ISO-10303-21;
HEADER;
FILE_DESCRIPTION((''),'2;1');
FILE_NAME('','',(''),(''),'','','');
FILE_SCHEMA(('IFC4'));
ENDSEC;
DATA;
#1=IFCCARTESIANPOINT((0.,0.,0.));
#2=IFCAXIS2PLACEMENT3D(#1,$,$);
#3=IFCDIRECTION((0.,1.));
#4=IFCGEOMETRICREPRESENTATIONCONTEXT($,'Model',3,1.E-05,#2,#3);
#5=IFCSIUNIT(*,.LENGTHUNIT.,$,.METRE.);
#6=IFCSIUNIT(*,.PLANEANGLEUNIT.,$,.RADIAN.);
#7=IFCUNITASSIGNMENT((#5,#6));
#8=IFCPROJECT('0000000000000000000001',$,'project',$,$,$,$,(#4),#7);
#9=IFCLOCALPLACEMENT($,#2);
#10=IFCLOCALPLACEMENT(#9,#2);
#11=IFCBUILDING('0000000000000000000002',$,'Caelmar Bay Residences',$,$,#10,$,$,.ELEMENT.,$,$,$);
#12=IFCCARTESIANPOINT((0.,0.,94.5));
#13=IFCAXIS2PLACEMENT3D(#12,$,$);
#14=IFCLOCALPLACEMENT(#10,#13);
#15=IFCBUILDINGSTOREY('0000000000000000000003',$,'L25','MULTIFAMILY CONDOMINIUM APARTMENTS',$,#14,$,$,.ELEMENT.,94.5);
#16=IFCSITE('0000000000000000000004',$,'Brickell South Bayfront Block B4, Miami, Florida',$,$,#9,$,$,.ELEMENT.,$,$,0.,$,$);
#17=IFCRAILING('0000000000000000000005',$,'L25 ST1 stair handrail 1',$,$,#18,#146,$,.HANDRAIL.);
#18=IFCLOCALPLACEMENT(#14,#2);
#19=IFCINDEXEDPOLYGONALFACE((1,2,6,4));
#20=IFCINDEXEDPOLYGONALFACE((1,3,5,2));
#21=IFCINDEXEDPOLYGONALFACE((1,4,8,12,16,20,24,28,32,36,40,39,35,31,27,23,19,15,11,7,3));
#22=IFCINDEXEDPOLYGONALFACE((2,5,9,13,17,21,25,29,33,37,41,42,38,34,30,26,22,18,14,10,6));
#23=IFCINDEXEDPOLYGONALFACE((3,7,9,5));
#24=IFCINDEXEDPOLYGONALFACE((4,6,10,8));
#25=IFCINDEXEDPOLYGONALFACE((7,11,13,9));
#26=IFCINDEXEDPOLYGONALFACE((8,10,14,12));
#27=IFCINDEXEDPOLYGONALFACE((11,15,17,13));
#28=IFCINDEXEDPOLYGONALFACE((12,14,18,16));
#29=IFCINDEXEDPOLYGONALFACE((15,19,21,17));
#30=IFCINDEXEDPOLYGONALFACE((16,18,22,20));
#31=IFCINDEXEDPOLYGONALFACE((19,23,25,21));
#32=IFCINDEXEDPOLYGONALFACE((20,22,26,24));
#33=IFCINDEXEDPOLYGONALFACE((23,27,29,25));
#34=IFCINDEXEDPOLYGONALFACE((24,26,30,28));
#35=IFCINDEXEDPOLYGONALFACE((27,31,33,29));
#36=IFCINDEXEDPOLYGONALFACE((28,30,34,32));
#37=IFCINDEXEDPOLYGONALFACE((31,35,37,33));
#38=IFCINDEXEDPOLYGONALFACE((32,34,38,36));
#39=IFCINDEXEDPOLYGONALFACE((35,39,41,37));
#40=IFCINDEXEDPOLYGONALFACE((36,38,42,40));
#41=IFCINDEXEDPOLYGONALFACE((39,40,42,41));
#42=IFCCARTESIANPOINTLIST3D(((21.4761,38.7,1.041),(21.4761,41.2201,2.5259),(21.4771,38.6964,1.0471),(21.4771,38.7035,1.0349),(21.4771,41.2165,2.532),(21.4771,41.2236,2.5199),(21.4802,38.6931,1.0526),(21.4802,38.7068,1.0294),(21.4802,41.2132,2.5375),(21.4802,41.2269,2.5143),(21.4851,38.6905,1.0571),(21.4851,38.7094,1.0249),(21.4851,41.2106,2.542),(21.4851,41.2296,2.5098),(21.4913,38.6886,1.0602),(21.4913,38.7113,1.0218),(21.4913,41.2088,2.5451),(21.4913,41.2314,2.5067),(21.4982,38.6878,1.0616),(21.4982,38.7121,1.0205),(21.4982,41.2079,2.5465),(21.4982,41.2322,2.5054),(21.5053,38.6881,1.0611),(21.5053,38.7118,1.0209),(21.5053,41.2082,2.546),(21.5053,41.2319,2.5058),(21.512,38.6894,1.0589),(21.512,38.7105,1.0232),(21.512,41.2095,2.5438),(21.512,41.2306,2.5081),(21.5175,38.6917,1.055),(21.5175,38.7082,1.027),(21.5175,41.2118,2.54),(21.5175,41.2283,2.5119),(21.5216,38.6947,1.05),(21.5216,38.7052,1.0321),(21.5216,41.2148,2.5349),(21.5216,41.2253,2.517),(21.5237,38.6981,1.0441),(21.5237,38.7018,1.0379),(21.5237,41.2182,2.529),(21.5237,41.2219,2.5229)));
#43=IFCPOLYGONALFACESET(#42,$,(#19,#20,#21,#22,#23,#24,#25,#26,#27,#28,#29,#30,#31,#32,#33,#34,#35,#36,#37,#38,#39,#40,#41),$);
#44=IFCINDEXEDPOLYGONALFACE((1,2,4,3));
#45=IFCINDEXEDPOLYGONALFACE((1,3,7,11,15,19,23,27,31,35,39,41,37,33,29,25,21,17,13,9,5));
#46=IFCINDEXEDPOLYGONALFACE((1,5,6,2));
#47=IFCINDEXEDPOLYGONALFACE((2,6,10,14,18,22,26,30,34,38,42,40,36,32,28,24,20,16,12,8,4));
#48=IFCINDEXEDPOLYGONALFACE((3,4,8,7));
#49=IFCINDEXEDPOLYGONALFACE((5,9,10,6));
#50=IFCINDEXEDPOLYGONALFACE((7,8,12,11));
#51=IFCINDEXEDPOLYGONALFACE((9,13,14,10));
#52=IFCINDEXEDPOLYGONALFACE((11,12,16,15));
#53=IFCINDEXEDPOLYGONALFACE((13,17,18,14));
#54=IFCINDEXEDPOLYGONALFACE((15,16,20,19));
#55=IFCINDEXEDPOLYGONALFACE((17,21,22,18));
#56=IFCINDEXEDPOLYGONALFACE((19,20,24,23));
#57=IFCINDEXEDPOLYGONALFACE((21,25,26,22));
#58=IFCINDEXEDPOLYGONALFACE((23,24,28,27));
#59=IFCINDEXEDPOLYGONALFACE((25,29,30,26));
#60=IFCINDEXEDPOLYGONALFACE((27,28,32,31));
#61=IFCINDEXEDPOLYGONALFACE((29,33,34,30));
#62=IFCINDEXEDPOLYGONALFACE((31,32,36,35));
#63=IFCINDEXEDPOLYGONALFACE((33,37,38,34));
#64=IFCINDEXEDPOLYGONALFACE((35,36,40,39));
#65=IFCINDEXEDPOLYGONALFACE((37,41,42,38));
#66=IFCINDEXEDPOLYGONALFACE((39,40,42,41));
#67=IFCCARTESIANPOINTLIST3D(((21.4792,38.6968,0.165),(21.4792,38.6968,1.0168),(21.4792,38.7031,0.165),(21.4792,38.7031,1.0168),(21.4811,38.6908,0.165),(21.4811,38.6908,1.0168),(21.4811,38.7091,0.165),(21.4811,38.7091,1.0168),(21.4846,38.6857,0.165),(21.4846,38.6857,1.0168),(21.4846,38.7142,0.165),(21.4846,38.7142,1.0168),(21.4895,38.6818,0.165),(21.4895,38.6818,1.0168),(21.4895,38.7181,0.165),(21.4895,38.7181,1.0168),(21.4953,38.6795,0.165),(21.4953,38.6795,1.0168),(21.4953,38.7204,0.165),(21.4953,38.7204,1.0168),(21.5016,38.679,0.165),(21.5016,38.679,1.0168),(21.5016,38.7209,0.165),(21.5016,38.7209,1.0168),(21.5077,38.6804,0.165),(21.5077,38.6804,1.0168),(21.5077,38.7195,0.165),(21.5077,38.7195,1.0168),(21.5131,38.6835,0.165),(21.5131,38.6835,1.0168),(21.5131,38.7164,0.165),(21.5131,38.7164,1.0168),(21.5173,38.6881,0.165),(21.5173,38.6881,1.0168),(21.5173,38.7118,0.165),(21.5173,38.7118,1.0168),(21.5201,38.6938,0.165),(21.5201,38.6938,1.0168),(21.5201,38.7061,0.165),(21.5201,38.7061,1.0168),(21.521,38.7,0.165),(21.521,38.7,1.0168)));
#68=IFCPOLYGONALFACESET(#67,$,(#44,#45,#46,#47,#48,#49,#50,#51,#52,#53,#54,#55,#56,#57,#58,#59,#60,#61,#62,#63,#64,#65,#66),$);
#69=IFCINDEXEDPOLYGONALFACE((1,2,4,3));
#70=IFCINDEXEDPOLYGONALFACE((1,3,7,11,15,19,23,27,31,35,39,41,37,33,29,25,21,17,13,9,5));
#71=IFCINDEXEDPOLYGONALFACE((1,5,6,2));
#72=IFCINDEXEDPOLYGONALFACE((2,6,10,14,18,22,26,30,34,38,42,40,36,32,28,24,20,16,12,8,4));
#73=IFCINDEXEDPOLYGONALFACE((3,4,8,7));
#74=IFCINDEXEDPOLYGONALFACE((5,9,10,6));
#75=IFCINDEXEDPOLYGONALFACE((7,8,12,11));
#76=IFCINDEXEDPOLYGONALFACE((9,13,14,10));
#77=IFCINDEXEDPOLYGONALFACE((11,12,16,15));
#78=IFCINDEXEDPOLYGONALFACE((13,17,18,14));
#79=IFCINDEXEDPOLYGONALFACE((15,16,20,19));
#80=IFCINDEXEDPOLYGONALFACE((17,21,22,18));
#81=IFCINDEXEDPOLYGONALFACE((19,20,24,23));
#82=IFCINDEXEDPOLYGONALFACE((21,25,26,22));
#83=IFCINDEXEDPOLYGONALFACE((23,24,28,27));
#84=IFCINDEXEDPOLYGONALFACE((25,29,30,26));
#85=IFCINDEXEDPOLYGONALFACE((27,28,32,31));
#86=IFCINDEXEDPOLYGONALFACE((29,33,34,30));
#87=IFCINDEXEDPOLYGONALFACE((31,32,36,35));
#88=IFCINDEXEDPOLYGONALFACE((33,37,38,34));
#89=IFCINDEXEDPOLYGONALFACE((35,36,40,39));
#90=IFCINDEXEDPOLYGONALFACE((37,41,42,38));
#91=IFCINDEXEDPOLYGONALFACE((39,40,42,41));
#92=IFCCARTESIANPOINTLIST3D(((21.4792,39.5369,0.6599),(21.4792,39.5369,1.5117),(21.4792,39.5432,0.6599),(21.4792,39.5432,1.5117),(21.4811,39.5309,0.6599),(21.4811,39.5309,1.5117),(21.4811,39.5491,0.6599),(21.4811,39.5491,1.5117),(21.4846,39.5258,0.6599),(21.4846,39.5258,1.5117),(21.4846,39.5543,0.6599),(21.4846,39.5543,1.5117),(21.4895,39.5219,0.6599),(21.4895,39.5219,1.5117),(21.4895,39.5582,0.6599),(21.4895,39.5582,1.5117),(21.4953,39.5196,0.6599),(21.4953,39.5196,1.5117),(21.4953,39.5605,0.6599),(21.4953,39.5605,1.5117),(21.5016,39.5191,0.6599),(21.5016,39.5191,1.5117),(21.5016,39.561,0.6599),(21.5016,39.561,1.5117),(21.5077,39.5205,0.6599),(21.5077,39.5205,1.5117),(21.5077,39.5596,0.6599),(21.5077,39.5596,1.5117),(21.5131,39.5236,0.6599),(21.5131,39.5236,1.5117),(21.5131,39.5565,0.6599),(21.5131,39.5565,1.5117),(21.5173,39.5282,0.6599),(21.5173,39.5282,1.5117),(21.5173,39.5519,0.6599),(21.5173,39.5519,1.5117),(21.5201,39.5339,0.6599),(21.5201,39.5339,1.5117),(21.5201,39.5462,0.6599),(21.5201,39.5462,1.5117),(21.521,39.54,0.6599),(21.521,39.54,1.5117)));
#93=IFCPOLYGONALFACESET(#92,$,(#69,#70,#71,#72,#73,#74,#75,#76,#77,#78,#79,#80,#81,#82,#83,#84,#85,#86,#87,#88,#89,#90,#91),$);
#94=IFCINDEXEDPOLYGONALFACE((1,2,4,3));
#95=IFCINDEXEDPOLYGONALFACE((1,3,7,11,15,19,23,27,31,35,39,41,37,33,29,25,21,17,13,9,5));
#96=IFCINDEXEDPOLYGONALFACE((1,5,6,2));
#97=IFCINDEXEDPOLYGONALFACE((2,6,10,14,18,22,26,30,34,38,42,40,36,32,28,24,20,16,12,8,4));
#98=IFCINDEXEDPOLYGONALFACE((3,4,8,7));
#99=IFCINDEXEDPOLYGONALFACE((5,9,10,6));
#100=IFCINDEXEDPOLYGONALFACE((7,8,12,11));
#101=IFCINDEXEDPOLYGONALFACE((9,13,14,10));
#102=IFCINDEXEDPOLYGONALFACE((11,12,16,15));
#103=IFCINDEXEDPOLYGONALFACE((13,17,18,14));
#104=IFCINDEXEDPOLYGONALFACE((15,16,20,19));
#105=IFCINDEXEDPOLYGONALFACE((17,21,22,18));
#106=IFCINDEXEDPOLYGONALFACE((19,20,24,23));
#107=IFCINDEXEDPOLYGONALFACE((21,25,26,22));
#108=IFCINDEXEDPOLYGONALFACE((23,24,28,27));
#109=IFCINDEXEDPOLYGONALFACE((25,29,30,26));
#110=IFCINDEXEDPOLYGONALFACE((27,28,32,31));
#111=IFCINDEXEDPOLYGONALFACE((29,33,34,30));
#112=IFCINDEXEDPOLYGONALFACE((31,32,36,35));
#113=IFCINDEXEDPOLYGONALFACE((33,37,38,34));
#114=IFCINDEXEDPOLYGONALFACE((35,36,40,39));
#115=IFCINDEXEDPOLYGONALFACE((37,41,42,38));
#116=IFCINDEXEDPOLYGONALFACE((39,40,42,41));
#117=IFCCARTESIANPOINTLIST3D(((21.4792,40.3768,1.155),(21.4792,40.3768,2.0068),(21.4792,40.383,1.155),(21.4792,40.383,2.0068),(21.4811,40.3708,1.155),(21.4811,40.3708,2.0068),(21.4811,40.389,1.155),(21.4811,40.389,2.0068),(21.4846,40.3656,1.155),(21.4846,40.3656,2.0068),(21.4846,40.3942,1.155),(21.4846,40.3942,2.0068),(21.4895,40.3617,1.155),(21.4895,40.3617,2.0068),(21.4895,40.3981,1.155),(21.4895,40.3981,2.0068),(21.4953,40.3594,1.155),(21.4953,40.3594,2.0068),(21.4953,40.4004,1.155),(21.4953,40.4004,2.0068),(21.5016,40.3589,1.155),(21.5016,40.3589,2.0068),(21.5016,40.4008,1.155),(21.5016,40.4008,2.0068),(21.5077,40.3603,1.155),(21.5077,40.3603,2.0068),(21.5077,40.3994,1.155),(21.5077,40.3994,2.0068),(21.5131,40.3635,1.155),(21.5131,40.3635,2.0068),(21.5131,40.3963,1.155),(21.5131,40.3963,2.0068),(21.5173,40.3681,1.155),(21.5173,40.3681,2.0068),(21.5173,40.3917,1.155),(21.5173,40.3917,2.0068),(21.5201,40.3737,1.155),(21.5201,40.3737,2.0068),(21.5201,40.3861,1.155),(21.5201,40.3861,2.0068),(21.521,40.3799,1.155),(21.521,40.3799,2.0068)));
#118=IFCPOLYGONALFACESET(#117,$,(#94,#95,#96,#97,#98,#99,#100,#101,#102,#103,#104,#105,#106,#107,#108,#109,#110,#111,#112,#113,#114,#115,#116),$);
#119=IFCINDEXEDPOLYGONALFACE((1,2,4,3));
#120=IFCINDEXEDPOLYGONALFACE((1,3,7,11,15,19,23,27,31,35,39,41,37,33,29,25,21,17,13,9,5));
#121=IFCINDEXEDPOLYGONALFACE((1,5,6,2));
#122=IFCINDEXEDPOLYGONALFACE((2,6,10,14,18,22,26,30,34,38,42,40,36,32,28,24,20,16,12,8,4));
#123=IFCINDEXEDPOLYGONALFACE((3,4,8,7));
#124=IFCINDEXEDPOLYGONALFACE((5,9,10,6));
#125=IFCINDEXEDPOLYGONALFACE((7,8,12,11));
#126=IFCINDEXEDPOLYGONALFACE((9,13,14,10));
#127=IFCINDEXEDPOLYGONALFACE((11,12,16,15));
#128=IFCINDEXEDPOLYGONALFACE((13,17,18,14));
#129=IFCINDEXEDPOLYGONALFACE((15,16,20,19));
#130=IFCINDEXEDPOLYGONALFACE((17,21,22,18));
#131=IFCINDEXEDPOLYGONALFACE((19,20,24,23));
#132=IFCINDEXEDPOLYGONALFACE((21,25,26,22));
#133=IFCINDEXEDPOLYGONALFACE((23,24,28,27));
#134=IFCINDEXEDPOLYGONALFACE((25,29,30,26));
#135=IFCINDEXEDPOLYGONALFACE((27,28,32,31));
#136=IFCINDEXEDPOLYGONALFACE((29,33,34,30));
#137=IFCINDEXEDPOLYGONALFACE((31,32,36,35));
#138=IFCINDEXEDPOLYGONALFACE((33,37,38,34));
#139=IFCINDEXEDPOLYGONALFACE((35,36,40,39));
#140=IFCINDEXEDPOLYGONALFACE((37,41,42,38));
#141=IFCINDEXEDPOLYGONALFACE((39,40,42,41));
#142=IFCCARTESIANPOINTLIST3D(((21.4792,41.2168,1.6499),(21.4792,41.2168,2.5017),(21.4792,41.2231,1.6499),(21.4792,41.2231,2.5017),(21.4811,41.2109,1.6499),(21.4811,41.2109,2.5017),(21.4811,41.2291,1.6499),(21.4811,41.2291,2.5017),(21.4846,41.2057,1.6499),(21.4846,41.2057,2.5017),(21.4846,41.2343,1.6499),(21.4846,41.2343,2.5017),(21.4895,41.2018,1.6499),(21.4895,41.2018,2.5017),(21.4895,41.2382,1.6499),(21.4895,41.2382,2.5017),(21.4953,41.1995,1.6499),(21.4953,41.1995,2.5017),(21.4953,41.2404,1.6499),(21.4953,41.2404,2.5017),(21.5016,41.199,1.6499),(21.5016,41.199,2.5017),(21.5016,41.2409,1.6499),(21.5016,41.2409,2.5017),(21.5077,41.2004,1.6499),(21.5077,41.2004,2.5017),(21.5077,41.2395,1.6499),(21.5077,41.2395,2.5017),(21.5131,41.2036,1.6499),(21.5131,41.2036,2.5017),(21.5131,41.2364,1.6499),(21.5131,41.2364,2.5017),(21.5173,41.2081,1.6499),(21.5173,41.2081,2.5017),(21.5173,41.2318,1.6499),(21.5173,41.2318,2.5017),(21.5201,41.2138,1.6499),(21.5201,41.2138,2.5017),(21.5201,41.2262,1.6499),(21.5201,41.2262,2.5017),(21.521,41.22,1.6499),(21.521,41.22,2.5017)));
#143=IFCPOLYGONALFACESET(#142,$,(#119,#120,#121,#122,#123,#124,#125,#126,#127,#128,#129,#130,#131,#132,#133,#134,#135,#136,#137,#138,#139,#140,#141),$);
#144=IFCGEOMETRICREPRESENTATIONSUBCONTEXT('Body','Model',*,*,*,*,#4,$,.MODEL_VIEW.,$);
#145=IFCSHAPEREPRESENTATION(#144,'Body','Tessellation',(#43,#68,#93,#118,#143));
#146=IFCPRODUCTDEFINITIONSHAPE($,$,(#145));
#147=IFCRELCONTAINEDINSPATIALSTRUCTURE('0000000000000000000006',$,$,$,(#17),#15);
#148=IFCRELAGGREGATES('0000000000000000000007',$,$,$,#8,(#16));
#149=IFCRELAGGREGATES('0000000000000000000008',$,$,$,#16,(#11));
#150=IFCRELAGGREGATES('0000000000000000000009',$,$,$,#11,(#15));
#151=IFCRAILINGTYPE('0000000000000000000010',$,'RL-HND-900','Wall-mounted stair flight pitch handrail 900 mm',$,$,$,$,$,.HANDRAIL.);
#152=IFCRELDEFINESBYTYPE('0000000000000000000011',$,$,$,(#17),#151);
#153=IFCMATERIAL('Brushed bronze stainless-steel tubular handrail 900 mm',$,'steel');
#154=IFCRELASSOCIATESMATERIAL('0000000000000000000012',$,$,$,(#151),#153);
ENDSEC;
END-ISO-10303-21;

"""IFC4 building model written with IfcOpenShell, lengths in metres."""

from ifc_helpers import new_model, si_unit, direction, frame, origin, origin_2d, place, context, subcontext, project, spatial, circle, extrude, material, type_object, element, save


model = new_model("IFC4")

# Units and contexts
model_context = context("Model", 3, precision=1e-05, world=origin(), true_north=direction((0.0, 1.0)))
body_context = subcontext(model_context, "Body", "Model", "MODEL_VIEW")
ifc_project = project(units=[si_unit("LENGTHUNIT", "METRE"), si_unit("PLANEANGLEUNIT", "RADIAN")], contexts=[model_context])

# Site, building, storey
site_placement = place(None, origin())
site = spatial("IfcSite", under=ifc_project, at=site_placement, Name="Brickell South Bayfront Block B4, Miami, Florida", CompositionType="ELEMENT", RefElevation=0.0)
building_placement = place(site_placement, origin())
building = spatial("IfcBuilding", under=site, at=building_placement, Name="Caelmar Bay Residences", CompositionType="ELEMENT")
storey_placement = place(building_placement, frame((0.0, 0.0, 94.5)))
storey = spatial("IfcBuildingStorey", under=building, at=storey_placement, Name="L25", Description="MULTIFAMILY CONDOMINIUM APARTMENTS", CompositionType="ELEMENT", Elevation=94.5)

# Railing
ifc_material_1 = material(Name="Brushed bronze stainless-steel tubular handrail 900 mm", Category="steel")
railing_type_1 = type_object("IfcRailingType", Name="RL-HND-900", Description="Wall-mounted stair flight pitch handrail 900 mm", PredefinedType="HANDRAIL", material=ifc_material_1)
railing_1_placement = place(storey_placement, frame((21.5, 38.7, 0.165)))
element("IfcRailing", 1, at=railing_1_placement, inside=storey, type_object=railing_type_1, Name="L25 ST1 stair handrail 1", PredefinedType="HANDRAIL", context=body_context, shape_type="SweptSolid", body=[
    extrude(circle(Radius=0.0239, at=origin_2d()), frame((0.0, 0.0, 0.876), z_axis=(0.0, 0.861561, 0.507655), x_axis=(-1.0, 0.0, 0.0)), (0.0, 0.0, 1.0), 2.925),
    extrude(circle(Radius=0.021, at=origin_2d()), origin(), (0.0, 0.0, 1.0), 0.8518),
    extrude(circle(Radius=0.021, at=origin_2d()), frame((0.0, 0.8401, 0.4949)), (0.0, 0.0, 1.0), 0.8518),
    extrude(circle(Radius=0.021, at=origin_2d()), frame((0.0, 1.6799, 0.99)), (0.0, 0.0, 1.0), 0.8518),
    extrude(circle(Radius=0.021, at=origin_2d()), frame((0.0, 2.52, 1.4849)), (0.0, 0.0, 1.0), 0.8518),
])

save(model, "model.ifc")
